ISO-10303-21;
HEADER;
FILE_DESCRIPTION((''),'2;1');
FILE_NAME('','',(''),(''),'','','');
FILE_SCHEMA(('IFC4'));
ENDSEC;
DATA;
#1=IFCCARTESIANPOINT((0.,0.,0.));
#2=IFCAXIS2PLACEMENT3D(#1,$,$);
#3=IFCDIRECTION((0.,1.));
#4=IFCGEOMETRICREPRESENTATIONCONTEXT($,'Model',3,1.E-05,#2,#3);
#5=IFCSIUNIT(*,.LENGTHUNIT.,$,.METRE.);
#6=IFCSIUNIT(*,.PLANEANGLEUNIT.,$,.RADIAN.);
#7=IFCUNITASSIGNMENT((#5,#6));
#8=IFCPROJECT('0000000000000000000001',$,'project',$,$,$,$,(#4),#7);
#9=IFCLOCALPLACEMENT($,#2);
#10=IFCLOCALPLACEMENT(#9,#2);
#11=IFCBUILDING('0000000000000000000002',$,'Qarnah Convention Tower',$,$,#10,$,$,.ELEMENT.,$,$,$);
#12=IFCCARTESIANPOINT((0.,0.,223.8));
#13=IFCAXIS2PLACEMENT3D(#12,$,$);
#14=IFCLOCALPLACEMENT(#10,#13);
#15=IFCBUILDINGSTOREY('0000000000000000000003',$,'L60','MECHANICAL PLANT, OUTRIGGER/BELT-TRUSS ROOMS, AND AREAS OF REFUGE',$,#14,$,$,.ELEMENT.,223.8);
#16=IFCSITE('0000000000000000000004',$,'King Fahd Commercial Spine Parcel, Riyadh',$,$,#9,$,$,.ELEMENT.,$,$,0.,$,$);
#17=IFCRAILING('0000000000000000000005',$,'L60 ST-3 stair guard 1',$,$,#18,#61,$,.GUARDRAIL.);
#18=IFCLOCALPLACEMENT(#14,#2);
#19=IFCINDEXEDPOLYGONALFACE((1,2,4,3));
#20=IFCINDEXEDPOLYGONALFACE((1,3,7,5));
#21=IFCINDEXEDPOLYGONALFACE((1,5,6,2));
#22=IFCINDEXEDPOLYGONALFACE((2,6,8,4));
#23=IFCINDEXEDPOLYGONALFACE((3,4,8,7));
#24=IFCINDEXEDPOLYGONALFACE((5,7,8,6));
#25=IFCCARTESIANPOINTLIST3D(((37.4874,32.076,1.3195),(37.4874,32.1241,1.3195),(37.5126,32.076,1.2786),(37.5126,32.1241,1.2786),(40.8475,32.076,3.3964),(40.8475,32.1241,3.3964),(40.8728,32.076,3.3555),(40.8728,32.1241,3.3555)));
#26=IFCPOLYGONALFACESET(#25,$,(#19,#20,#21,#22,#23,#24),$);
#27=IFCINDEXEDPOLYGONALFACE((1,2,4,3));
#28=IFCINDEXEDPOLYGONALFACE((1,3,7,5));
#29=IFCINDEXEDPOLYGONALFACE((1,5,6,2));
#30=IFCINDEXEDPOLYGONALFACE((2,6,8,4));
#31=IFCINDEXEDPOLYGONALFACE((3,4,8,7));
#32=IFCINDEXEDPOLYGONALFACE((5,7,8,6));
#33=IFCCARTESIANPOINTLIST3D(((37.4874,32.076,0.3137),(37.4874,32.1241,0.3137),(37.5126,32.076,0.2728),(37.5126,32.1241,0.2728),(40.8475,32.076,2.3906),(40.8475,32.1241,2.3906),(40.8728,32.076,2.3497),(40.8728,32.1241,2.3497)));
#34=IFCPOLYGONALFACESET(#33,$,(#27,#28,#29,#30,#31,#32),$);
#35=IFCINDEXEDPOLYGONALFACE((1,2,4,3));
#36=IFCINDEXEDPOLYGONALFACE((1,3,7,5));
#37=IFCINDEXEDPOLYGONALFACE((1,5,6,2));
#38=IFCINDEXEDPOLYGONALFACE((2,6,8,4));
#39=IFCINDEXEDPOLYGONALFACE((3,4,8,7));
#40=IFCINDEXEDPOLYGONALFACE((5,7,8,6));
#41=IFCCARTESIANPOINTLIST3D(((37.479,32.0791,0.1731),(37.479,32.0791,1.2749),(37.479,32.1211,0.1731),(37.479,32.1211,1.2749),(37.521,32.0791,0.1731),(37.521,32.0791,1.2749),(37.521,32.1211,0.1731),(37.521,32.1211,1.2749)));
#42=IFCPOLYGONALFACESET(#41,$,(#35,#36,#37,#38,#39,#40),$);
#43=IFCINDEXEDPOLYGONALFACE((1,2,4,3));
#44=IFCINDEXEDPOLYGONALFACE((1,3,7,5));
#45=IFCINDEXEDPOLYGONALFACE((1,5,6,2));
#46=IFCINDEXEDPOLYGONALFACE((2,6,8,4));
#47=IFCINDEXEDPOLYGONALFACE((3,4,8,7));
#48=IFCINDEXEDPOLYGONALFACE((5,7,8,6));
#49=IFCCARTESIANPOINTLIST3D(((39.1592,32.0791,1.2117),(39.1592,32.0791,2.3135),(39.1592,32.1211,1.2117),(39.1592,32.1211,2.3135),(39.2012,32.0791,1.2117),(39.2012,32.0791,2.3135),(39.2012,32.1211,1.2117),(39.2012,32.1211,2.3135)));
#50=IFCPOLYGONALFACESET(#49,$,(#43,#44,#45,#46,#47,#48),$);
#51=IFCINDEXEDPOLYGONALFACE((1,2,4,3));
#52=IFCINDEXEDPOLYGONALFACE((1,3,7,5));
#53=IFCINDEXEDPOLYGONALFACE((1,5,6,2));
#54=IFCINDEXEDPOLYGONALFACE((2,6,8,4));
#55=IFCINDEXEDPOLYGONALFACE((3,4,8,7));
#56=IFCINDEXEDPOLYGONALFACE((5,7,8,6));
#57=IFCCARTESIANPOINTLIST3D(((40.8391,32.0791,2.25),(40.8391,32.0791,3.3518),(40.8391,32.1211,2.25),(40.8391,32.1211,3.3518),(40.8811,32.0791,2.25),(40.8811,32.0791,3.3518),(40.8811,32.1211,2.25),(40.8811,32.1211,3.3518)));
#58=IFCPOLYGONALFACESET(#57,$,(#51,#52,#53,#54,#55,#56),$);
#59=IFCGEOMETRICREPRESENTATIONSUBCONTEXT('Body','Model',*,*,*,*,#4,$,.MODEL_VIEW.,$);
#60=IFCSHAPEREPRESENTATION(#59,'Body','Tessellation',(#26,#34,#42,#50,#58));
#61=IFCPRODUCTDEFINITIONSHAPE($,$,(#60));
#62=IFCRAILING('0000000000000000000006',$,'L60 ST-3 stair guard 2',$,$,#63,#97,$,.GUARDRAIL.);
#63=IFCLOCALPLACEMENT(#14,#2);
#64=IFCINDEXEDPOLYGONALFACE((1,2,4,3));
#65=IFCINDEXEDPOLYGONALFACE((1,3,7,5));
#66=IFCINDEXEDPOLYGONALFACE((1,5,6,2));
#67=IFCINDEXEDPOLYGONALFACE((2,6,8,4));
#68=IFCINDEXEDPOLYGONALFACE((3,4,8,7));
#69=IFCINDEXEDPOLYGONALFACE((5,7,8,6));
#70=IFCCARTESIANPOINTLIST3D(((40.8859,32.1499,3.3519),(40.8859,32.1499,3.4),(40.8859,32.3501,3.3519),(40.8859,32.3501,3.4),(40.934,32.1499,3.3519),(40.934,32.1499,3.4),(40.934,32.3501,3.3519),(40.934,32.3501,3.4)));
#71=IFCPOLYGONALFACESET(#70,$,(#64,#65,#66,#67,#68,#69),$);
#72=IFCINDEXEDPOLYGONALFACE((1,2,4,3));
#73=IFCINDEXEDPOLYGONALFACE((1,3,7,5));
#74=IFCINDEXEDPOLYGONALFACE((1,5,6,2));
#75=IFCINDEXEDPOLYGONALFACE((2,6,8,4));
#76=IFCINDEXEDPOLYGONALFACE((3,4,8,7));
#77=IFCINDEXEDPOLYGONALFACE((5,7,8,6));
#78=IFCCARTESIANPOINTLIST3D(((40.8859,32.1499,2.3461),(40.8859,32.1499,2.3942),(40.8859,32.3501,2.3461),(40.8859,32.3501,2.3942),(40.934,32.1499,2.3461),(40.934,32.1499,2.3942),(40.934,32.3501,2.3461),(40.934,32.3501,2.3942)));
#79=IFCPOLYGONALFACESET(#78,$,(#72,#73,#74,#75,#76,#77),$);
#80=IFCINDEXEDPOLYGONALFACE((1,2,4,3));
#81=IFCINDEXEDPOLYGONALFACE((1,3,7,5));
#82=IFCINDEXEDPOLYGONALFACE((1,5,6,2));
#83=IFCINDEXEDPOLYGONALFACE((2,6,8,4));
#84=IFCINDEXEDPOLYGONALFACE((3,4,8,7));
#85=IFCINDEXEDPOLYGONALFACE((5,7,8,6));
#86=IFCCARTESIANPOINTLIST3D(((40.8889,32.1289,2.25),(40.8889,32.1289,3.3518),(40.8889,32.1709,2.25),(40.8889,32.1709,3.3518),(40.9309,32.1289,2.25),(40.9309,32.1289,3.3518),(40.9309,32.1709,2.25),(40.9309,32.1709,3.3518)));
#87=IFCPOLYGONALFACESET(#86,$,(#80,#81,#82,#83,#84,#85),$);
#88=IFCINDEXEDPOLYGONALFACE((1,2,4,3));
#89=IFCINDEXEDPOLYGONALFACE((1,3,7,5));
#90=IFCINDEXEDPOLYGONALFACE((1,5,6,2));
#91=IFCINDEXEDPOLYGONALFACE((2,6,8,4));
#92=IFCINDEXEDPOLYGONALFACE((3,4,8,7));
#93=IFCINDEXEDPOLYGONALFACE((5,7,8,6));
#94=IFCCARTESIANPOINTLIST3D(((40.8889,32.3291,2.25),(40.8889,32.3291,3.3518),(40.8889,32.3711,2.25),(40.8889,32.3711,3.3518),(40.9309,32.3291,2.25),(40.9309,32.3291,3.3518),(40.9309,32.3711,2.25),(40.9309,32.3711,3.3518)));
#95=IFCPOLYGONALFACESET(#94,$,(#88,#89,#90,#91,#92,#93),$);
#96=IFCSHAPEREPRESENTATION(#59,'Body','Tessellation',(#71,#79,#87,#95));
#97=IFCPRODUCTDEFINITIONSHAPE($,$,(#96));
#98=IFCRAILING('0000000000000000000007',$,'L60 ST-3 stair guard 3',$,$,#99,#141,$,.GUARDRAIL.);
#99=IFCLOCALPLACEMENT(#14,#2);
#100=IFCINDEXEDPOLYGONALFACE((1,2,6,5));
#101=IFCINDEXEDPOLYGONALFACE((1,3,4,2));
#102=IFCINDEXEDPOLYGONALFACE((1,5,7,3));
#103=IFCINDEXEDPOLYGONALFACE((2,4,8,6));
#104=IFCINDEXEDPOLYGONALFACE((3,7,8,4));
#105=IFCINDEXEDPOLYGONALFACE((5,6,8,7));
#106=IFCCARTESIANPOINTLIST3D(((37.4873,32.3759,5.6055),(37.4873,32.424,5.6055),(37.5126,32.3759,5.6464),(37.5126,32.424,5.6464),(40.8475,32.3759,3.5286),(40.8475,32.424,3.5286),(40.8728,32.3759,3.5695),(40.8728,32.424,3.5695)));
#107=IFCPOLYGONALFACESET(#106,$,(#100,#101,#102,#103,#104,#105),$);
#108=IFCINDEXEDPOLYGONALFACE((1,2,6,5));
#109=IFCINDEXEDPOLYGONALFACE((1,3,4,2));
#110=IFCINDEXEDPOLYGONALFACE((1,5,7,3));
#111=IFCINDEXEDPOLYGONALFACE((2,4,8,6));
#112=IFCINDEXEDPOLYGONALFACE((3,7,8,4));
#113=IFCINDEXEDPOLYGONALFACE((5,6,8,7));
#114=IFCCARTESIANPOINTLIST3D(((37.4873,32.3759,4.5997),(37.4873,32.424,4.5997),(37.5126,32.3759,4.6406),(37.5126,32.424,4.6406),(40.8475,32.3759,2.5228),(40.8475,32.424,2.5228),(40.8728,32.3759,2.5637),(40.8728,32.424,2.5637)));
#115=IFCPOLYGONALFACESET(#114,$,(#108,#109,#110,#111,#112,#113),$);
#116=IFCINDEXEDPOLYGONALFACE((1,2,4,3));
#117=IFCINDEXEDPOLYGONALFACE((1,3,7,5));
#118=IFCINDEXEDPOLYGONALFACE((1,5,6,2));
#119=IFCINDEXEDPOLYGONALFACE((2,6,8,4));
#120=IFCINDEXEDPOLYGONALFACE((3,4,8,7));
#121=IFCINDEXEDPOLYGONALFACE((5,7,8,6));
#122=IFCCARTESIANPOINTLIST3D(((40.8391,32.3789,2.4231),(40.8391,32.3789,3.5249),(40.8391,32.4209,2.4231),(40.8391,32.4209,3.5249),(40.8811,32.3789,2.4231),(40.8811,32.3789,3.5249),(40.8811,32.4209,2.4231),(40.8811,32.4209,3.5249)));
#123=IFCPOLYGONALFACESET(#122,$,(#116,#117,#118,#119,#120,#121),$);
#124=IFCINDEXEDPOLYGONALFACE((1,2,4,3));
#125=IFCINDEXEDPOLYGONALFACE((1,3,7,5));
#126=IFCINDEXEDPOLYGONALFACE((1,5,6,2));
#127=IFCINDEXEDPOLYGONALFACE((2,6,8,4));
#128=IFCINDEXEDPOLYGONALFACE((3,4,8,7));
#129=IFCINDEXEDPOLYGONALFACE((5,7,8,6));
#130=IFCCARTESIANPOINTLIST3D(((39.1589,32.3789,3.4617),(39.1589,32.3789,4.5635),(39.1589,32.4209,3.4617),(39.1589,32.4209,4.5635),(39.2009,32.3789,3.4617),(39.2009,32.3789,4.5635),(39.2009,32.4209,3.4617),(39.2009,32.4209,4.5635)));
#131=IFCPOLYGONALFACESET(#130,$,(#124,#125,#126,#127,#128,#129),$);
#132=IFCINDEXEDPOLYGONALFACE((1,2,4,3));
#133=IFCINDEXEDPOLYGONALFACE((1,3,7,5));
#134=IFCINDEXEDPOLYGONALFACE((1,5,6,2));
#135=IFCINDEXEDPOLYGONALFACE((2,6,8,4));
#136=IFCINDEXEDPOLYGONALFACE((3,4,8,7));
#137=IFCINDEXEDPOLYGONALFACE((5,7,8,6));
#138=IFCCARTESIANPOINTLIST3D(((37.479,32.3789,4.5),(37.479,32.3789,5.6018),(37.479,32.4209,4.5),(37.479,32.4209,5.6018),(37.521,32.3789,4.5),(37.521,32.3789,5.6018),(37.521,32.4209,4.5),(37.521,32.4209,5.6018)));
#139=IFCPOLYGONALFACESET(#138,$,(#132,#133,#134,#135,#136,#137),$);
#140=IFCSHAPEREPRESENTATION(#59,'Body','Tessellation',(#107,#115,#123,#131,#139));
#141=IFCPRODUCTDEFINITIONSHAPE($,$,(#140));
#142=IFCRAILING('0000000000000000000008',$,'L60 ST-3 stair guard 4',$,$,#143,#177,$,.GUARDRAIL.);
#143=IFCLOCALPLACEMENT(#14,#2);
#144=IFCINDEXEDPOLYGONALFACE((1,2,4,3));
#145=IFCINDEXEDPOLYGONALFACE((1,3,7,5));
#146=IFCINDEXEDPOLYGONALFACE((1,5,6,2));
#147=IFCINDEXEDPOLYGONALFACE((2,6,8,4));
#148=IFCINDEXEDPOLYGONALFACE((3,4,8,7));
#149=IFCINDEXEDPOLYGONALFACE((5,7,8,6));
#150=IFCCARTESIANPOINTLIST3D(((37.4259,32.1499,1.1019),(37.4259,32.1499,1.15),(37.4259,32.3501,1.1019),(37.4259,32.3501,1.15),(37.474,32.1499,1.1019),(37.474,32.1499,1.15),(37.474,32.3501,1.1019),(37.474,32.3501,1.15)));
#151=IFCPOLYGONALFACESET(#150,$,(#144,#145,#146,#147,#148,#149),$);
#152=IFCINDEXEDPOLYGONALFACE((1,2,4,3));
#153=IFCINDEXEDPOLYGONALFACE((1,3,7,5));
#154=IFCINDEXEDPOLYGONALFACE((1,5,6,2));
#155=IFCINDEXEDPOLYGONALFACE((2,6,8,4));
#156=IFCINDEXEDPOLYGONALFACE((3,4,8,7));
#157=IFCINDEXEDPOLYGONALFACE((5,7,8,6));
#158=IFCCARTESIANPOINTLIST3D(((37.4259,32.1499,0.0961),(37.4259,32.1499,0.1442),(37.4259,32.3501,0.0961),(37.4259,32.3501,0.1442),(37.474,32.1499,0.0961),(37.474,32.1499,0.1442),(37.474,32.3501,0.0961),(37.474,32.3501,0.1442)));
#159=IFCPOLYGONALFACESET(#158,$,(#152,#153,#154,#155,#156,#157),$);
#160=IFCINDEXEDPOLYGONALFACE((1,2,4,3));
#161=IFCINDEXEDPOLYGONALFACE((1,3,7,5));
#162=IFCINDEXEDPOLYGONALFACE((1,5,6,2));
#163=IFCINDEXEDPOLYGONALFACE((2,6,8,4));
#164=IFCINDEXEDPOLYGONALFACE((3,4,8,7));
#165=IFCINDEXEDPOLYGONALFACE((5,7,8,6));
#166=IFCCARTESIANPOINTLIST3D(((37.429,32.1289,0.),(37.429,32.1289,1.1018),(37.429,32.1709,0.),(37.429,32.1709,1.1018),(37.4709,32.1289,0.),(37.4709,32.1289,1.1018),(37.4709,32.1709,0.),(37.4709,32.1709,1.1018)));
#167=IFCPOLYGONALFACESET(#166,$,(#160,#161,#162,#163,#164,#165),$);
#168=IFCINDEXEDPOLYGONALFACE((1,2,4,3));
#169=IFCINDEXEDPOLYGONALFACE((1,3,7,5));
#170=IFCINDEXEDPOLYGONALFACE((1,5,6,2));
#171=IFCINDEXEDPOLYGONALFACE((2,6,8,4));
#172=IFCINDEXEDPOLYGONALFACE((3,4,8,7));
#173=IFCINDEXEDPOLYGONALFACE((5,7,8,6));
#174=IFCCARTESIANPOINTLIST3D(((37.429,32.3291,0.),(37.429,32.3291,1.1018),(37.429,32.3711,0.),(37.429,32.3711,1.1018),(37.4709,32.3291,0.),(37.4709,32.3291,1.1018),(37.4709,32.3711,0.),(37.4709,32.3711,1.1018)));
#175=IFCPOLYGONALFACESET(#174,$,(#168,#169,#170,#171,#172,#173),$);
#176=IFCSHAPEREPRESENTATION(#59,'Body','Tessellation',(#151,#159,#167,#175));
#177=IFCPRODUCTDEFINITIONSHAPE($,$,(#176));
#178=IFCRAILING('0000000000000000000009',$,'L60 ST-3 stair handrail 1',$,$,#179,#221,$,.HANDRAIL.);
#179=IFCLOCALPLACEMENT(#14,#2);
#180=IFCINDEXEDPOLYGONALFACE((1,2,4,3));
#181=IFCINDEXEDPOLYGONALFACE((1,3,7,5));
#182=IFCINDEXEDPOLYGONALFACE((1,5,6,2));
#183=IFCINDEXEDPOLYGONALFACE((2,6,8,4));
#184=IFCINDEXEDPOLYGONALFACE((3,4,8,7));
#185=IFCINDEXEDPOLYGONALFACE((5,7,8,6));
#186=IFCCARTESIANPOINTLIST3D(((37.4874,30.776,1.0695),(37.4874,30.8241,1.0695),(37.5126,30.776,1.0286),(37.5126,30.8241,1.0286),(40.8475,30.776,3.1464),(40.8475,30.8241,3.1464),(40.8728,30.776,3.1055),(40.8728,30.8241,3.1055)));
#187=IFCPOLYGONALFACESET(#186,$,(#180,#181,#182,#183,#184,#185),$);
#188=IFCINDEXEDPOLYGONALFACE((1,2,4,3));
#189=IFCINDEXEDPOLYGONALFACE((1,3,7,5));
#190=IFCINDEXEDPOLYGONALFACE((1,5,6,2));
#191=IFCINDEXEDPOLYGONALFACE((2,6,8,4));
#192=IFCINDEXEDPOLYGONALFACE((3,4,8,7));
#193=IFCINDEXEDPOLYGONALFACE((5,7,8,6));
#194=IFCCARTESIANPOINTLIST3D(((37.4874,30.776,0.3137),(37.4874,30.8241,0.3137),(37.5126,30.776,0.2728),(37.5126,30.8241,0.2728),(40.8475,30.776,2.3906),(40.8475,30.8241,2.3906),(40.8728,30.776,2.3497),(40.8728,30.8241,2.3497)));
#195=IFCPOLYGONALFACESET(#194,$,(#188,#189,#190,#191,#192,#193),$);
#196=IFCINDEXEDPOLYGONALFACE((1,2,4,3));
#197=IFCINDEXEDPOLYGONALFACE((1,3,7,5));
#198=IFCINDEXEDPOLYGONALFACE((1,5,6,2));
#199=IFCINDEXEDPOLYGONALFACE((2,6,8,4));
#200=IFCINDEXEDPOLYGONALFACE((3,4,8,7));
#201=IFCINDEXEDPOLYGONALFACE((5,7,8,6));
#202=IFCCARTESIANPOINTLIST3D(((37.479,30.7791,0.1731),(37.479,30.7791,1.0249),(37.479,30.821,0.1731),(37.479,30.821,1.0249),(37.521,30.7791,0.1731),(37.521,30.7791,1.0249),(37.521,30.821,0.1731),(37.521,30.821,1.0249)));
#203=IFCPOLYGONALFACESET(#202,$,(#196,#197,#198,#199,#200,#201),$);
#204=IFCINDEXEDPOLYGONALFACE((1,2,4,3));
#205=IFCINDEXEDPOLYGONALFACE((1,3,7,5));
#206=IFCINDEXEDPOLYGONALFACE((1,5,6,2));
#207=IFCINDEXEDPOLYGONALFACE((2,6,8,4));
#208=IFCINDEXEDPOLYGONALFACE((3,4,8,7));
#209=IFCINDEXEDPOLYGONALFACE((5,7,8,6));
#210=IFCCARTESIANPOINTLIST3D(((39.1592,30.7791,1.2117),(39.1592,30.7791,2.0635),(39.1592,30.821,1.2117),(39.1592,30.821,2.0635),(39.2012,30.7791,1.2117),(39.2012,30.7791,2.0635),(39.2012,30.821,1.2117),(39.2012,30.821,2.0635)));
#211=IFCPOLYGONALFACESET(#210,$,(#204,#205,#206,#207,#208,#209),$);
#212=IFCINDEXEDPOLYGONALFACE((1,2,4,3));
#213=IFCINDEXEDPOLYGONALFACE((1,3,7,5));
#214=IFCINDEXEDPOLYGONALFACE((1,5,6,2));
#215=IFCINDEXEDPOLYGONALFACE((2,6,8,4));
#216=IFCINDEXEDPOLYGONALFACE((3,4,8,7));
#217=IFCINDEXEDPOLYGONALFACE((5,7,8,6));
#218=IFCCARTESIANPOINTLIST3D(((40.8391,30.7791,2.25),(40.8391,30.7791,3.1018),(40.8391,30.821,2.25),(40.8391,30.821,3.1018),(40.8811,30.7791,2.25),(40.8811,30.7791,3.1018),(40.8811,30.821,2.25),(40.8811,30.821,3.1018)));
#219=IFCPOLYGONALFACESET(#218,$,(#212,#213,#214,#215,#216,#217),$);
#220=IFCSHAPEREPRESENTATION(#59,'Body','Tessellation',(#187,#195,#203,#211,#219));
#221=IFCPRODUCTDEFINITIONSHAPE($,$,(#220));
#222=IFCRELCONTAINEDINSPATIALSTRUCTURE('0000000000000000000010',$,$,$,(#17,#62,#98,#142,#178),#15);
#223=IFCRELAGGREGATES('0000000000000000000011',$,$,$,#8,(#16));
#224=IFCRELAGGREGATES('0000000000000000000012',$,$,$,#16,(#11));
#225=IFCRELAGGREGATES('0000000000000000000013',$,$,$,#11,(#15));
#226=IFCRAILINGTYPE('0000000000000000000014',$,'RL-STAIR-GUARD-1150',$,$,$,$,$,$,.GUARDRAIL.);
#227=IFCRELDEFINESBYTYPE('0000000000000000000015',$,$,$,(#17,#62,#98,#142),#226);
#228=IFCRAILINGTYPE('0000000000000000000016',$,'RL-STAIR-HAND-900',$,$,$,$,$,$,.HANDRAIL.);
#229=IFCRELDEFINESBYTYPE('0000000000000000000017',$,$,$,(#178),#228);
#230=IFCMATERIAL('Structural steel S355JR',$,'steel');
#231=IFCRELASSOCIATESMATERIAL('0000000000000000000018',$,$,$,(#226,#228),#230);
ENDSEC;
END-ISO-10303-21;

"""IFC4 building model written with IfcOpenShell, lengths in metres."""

from ifc_helpers import new_model, si_unit, direction, frame, origin, origin_2d, place, context, subcontext, project, spatial, rectangle, extrude, material, type_object, element, save


model = new_model("IFC4")

# Units and contexts
model_context = context("Model", 3, precision=1e-05, world=origin(), true_north=direction((0.0, 1.0)))
body_context = subcontext(model_context, "Body", "Model", "MODEL_VIEW")
ifc_project = project(units=[si_unit("LENGTHUNIT", "METRE"), si_unit("PLANEANGLEUNIT", "RADIAN")], contexts=[model_context])

# Site, building, storey
site_placement = place(None, origin())
site = spatial("IfcSite", under=ifc_project, at=site_placement, Name="King Fahd Commercial Spine Parcel, Riyadh", CompositionType="ELEMENT", RefElevation=0.0)
building_placement = place(site_placement, origin())
building = spatial("IfcBuilding", under=site, at=building_placement, Name="Qarnah Convention Tower", CompositionType="ELEMENT")
storey_placement = place(building_placement, frame((0.0, 0.0, 223.8)))
storey = spatial("IfcBuildingStorey", under=building, at=storey_placement, Name="L60", Description="MECHANICAL PLANT, OUTRIGGER/BELT-TRUSS ROOMS, AND AREAS OF REFUGE", CompositionType="ELEMENT", Elevation=223.8)

# Shared definitions
ifc_material_1 = material(Name="Structural steel S355JR", Category="steel")

# Railings
railing_type_1 = type_object("IfcRailingType", Name="RL-STAIR-GUARD-1150", PredefinedType="GUARDRAIL", material=ifc_material_1)
railing_1_placement = place(storey_placement, frame((37.5, 32.1001, 0.1731)))
element("IfcRailing", 1, at=railing_1_placement, inside=storey, type_object=railing_type_1, Name="L60 ST-3 stair guard 1", PredefinedType="GUARDRAIL", context=body_context, shape_type="SweptSolid", body=[
    extrude(rectangle(XDim=0.0481, YDim=0.0481, at=origin_2d()), frame((0.0, 0.0, 1.126), z_axis=(0.850623, 0.0, 0.525776), x_axis=(0.0, 1.0, 0.0)), (0.0, 0.0, 1.0), 3.9502),
    extrude(rectangle(XDim=0.0481, YDim=0.0481, at=origin_2d()), frame((0.0, 0.0, 0.1201), z_axis=(0.850623, 0.0, 0.525776), x_axis=(0.0, 1.0, 0.0)), (0.0, 0.0, 1.0), 3.9502),
    extrude(rectangle(XDim=0.042, YDim=0.042, at=origin_2d()), origin(), (0.0, 0.0, 1.0), 1.1018),
    extrude(rectangle(XDim=0.042, YDim=0.042, at=origin_2d()), frame((1.6802, 0.0, 1.0386)), (0.0, 0.0, 1.0), 1.1018),
    extrude(rectangle(XDim=0.042, YDim=0.042, at=origin_2d()), frame((3.3601, 0.0, 2.0769)), (0.0, 0.0, 1.0), 1.1018),
])
railing_2_placement = place(storey_placement, frame((40.9099, 32.1499, 2.25)))
element("IfcRailing", 2, at=railing_2_placement, inside=storey, type_object=railing_type_1, Name="L60 ST-3 stair guard 2", PredefinedType="GUARDRAIL", context=body_context, shape_type="SweptSolid", body=[
    extrude(rectangle(XDim=0.0481, YDim=0.0481, at=origin_2d()), frame((0.0, 0.0, 1.126), z_axis=(0.0, 1.0, 0.0), x_axis=(-1.0, 0.0, 0.0)), (0.0, 0.0, 1.0), 0.2002),
    extrude(rectangle(XDim=0.0481, YDim=0.0481, at=origin_2d()), frame((0.0, 0.0, 0.1201), z_axis=(0.0, 1.0, 0.0), x_axis=(-1.0, 0.0, 0.0)), (0.0, 0.0, 1.0), 0.2002),
    extrude(rectangle(XDim=0.042, YDim=0.042, at=origin_2d()), origin(), (0.0, 0.0, 1.0), 1.1018),
    extrude(rectangle(XDim=0.042, YDim=0.042, at=origin_2d()), frame((0.0, 0.2002, 0.0)), (0.0, 0.0, 1.0), 1.1018),
])
railing_3_placement = place(storey_placement, frame((40.8601, 32.3999, 2.4231)))
element("IfcRailing", 3, at=railing_3_placement, inside=storey, type_object=railing_type_1, Name="L60 ST-3 stair guard 3", PredefinedType="GUARDRAIL", context=body_context, shape_type="SweptSolid", body=[
    extrude(rectangle(XDim=0.0481, YDim=0.0481, at=origin_2d()), frame((0.0, 0.0, 1.126), z_axis=(-0.850623, 0.0, 0.525776), x_axis=(0.0, -1.0, 0.0)), (0.0, 0.0, 1.0), 3.9502),
    extrude(rectangle(XDim=0.0481, YDim=0.0481, at=origin_2d()), frame((0.0, 0.0, 0.1201), z_axis=(-0.850623, 0.0, 0.525776), x_axis=(0.0, -1.0, 0.0)), (0.0, 0.0, 1.0), 3.9502),
    extrude(rectangle(XDim=0.042, YDim=0.042, at=origin_2d()), origin(), (0.0, 0.0, 1.0), 1.1018),
    extrude(rectangle(XDim=0.042, YDim=0.042, at=origin_2d()), frame((-1.6802, 0.0, 1.0386)), (0.0, 0.0, 1.0), 1.1018),
    extrude(rectangle(XDim=0.042, YDim=0.042, at=origin_2d()), frame((-3.3601, 0.0, 2.0769)), (0.0, 0.0, 1.0), 1.1018),
])
railing_4_placement = place(storey_placement, frame((37.45, 32.1499, 0.0)))
element("IfcRailing", 4, at=railing_4_placement, inside=storey, type_object=railing_type_1, Name="L60 ST-3 stair guard 4", PredefinedType="GUARDRAIL", context=body_context, shape_type="SweptSolid", body=[
    extrude(rectangle(XDim=0.0481, YDim=0.0481, at=origin_2d()), frame((0.0, 0.0, 1.126), z_axis=(0.0, 1.0, 0.0), x_axis=(-1.0, 0.0, 0.0)), (0.0, 0.0, 1.0), 0.2002),
    extrude(rectangle(XDim=0.0481, YDim=0.0481, at=origin_2d()), frame((0.0, 0.0, 0.1201), z_axis=(0.0, 1.0, 0.0), x_axis=(-1.0, 0.0, 0.0)), (0.0, 0.0, 1.0), 0.2002),
    extrude(rectangle(XDim=0.042, YDim=0.042, at=origin_2d()), origin(), (0.0, 0.0, 1.0), 1.1018),
    extrude(rectangle(XDim=0.042, YDim=0.042, at=origin_2d()), frame((0.0, 0.2002, 0.0)), (0.0, 0.0, 1.0), 1.1018),
])
railing_type_2 = type_object("IfcRailingType", Name="RL-STAIR-HAND-900", PredefinedType="HANDRAIL", material=ifc_material_1)
railing_5_placement = place(storey_placement, frame((37.5, 30.8, 0.1731)))
element("IfcRailing", 5, at=railing_5_placement, inside=storey, type_object=railing_type_2, Name="L60 ST-3 stair handrail 1", PredefinedType="HANDRAIL", context=body_context, shape_type="SweptSolid", body=[
    extrude(rectangle(XDim=0.0481, YDim=0.0481, at=origin_2d()), frame((0.0, 0.0, 0.876), z_axis=(0.850623, 0.0, 0.525776), x_axis=(0.0, 1.0, 0.0)), (0.0, 0.0, 1.0), 3.9502),
    extrude(rectangle(XDim=0.0481, YDim=0.0481, at=origin_2d()), frame((0.0, 0.0, 0.1201), z_axis=(0.850623, 0.0, 0.525776), x_axis=(0.0, 1.0, 0.0)), (0.0, 0.0, 1.0), 3.9502),
    extrude(rectangle(XDim=0.042, YDim=0.042, at=origin_2d()), origin(), (0.0, 0.0, 1.0), 0.8518),
    extrude(rectangle(XDim=0.042, YDim=0.042, at=origin_2d()), frame((1.6802, 0.0, 1.0386)), (0.0, 0.0, 1.0), 0.8518),
    extrude(rectangle(XDim=0.042, YDim=0.042, at=origin_2d()), frame((3.3601, 0.0, 2.0769)), (0.0, 0.0, 1.0), 0.8518),
])

save(model, "model.ifc")
